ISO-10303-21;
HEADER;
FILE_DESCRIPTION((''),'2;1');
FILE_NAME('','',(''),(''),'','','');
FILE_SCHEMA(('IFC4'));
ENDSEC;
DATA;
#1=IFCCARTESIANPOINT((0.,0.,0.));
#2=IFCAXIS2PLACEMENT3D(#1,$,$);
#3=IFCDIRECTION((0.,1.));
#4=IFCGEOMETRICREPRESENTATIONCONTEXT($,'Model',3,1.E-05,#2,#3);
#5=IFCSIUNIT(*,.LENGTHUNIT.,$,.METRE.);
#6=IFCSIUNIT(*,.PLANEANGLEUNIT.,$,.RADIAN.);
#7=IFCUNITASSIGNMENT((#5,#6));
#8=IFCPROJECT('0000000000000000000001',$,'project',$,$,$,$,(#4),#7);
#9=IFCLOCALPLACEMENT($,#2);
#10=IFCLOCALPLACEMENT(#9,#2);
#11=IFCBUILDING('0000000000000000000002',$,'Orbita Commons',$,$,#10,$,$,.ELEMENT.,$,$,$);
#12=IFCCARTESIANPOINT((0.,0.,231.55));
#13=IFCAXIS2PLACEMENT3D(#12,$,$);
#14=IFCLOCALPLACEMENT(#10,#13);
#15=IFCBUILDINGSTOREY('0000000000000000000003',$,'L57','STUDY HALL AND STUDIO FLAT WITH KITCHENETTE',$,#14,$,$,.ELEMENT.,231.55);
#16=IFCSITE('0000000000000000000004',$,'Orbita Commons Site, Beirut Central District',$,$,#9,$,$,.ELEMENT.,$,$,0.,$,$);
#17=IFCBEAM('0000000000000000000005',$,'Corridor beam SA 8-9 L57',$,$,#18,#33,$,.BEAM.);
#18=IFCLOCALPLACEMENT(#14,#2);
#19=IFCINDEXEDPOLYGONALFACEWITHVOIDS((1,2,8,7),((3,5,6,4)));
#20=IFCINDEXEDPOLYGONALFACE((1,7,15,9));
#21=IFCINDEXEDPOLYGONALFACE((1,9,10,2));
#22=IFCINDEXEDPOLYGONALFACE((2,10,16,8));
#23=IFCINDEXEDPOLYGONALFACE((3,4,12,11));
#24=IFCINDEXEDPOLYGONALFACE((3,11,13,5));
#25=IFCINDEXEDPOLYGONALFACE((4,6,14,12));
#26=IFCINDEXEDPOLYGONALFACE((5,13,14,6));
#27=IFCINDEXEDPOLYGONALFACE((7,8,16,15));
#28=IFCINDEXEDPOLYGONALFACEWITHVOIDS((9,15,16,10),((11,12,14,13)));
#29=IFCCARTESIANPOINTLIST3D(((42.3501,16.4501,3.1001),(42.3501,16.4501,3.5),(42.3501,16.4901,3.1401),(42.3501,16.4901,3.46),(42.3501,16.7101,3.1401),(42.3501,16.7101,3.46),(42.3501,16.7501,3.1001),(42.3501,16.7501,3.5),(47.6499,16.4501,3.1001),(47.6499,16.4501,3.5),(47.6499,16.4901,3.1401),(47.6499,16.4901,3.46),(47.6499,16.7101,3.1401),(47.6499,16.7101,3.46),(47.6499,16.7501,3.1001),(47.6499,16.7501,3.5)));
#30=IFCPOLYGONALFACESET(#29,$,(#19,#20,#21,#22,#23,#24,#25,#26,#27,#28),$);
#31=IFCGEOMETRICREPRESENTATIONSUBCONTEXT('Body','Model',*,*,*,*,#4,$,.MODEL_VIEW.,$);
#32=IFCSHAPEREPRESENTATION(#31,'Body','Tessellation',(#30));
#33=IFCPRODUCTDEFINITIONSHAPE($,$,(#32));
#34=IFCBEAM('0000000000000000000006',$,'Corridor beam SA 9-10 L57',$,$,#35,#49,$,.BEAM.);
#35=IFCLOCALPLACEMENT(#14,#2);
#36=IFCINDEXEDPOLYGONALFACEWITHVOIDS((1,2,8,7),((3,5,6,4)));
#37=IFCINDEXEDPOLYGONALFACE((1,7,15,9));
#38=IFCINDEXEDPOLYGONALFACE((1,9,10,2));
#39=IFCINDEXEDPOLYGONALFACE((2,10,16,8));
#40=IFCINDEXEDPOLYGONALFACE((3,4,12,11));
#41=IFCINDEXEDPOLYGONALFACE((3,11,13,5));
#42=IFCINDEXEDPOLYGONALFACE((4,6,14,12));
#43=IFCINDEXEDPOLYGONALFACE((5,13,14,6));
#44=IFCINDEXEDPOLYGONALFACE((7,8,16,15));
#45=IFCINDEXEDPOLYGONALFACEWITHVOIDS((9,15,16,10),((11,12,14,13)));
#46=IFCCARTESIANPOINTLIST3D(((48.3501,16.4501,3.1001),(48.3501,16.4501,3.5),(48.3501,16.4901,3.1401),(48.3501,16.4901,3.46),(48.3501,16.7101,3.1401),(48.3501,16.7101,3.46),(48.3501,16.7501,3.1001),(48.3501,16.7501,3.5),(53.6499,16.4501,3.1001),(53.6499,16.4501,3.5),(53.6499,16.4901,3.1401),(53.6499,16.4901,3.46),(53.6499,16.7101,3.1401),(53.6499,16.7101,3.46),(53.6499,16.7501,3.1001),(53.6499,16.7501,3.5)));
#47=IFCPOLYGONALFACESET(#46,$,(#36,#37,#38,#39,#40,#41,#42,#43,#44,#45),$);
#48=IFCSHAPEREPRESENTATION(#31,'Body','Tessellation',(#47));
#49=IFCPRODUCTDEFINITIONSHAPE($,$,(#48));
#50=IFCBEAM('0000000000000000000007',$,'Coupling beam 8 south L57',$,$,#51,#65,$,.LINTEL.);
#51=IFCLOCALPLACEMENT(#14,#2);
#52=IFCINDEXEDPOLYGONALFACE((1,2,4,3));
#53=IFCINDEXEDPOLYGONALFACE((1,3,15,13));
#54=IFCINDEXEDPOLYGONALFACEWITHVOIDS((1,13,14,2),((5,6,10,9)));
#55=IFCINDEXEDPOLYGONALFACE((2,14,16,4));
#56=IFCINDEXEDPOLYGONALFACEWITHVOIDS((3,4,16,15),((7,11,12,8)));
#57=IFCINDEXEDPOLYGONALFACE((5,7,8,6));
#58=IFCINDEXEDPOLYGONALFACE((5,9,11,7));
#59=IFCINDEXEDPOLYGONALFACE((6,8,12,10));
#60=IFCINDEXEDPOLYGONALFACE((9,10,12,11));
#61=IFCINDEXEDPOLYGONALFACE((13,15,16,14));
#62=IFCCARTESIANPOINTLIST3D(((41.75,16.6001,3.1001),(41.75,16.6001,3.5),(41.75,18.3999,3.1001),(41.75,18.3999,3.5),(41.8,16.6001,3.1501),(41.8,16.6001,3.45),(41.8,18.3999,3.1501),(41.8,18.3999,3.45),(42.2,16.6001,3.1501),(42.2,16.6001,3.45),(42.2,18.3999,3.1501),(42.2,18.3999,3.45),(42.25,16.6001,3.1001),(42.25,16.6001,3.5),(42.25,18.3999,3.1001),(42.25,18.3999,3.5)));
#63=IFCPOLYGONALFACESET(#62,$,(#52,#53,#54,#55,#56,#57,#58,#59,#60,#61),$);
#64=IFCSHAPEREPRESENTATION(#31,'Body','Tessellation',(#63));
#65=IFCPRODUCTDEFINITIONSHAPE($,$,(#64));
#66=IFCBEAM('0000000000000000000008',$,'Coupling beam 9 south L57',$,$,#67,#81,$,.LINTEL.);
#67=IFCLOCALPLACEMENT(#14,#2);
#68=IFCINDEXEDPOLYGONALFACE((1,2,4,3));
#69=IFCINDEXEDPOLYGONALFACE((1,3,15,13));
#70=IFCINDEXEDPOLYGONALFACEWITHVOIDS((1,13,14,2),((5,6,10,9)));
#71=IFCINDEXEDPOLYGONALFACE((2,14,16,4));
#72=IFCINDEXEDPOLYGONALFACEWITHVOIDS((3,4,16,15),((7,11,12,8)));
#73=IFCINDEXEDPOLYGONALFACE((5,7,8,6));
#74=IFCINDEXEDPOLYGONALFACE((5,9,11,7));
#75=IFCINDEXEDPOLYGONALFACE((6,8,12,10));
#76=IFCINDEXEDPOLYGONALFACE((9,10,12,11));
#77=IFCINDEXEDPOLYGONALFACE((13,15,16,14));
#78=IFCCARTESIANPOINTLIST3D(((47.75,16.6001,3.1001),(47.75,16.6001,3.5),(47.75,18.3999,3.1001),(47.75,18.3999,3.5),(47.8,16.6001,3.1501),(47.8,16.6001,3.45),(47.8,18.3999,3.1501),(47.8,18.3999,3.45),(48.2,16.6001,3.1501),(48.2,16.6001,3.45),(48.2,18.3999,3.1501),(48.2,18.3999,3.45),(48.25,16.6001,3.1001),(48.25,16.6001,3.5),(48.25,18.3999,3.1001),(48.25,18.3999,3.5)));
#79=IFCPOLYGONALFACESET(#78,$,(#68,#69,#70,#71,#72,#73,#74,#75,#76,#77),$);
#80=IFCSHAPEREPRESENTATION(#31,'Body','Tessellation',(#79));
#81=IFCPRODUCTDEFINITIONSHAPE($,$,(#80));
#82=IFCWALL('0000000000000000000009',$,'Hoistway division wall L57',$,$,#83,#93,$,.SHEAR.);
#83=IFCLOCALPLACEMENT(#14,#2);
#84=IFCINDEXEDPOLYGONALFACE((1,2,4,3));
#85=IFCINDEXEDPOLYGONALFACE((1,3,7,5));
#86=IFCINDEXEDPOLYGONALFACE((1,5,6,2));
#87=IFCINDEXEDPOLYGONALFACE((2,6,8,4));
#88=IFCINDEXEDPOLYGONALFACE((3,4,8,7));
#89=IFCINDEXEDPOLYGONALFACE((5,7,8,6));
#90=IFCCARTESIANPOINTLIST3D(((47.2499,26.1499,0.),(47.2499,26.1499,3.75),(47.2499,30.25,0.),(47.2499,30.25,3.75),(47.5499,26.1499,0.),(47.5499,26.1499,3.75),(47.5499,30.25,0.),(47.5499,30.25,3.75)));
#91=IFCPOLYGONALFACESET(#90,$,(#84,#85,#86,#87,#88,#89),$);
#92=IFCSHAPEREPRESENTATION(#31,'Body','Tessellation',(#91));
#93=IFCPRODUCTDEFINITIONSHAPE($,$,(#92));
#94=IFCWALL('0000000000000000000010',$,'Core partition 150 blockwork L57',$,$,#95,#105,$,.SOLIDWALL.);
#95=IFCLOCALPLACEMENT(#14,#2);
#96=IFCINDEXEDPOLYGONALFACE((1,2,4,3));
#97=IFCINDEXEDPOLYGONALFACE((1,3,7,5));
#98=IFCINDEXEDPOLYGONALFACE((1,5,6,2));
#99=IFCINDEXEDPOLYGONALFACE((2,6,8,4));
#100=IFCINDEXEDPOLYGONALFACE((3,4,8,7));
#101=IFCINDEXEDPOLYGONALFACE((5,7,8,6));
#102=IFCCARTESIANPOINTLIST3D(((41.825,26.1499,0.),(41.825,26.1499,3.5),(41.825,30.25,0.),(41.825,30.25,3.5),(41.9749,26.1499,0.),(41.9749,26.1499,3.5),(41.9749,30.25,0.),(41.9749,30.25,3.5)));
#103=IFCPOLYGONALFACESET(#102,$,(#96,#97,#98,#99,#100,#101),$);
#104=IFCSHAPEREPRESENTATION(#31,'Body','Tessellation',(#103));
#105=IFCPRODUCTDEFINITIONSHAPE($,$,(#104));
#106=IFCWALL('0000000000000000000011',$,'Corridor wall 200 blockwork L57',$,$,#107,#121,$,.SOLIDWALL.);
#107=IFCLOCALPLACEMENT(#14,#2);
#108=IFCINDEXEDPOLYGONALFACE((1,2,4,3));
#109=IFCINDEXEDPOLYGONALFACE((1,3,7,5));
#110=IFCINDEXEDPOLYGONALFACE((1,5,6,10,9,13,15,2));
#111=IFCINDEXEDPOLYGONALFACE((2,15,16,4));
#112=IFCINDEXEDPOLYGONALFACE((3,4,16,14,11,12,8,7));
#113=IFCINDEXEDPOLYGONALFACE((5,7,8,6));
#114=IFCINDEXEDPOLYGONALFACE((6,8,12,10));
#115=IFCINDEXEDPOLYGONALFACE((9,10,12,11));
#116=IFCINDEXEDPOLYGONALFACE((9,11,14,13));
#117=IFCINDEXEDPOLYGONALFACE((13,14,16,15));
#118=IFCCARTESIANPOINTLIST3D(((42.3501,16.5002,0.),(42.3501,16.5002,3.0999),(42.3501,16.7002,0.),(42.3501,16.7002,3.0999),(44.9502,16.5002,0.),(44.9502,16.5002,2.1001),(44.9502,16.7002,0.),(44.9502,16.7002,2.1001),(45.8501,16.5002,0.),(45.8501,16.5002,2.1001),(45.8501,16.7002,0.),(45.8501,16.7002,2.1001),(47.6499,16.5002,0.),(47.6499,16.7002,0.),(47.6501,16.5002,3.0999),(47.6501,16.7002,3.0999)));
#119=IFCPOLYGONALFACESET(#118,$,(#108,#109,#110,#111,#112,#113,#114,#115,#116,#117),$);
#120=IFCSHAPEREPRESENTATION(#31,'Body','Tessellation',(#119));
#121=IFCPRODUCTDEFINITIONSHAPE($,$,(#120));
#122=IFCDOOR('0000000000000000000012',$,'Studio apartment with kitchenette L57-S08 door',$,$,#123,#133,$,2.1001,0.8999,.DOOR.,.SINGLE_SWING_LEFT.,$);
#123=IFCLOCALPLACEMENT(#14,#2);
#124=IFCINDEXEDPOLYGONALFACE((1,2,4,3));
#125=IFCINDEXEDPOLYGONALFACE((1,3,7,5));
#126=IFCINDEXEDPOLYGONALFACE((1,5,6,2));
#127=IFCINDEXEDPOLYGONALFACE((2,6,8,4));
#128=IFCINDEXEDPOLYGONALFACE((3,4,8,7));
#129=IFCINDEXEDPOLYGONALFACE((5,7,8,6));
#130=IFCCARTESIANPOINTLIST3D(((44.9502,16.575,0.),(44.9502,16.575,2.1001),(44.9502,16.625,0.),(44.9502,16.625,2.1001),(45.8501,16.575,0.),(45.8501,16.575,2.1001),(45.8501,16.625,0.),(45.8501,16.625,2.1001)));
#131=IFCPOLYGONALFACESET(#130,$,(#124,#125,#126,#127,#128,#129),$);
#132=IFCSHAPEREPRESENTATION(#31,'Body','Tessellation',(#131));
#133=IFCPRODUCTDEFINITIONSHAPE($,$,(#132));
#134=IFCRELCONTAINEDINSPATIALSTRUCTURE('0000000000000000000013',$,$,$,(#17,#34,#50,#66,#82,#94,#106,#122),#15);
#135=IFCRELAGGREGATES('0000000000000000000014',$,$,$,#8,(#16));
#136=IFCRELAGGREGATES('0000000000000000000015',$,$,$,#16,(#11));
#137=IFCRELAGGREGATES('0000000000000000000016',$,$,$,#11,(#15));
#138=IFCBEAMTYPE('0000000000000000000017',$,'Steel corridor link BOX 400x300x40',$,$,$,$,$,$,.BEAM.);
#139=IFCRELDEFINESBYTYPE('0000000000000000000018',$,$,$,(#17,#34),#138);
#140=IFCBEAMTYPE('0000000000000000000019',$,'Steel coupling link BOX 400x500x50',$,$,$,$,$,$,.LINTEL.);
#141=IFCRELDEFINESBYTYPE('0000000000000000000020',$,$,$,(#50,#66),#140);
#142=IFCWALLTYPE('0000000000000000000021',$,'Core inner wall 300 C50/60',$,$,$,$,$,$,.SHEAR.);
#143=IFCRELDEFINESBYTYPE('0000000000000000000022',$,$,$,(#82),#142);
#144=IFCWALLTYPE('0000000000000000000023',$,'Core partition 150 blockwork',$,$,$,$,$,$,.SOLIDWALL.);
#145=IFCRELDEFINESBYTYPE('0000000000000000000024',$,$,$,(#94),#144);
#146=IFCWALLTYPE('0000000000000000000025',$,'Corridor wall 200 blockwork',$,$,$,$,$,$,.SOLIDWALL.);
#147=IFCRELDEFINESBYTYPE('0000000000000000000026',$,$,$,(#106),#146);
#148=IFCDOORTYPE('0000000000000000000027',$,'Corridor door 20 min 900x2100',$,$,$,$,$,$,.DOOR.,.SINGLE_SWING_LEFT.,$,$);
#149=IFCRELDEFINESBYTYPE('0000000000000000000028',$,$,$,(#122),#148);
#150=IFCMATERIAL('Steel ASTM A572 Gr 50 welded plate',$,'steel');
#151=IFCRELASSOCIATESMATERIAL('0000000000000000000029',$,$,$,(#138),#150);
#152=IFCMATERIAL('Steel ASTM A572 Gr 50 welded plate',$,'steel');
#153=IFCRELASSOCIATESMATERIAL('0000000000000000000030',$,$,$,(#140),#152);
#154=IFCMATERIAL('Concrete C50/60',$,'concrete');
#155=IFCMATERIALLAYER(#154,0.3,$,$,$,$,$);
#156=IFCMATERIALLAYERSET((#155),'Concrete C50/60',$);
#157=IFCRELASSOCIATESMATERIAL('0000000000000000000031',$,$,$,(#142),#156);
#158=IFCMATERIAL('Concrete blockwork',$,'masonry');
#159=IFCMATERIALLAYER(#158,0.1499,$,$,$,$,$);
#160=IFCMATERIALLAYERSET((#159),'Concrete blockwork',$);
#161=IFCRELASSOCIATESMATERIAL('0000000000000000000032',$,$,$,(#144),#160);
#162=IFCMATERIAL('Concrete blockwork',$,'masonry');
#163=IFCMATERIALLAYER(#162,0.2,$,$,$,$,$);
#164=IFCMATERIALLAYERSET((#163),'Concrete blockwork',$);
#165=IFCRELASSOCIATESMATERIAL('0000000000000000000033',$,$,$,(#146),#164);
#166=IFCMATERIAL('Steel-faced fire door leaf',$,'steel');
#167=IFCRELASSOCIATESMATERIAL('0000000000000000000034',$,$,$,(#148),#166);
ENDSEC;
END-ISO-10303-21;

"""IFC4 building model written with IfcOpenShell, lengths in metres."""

from ifc_helpers import new_model, si_unit, direction, frame, frame_2d, origin, origin_2d, place, context, subcontext, project, spatial, polyline, rectangle, hollow_rectangle, outline, extrude, material, layer, layer_set, material_profile, profile_set, type_object, element, fill, save


model = new_model("IFC4")

# Units and contexts
model_context = context("Model", 3, precision=1e-05, world=origin(), true_north=direction((0.0, 1.0)))
body_context = subcontext(model_context, "Body", "Model", "MODEL_VIEW")
ifc_project = project(units=[si_unit("LENGTHUNIT", "METRE"), si_unit("PLANEANGLEUNIT", "RADIAN")], contexts=[model_context])

# Site, building, storey
site_placement = place(None, origin())
site = spatial("IfcSite", under=ifc_project, at=site_placement, Name="Orbita Commons Site, Beirut Central District", CompositionType="ELEMENT", RefElevation=0.0)
building_placement = place(site_placement, origin())
building = spatial("IfcBuilding", under=site, at=building_placement, Name="Orbita Commons", CompositionType="ELEMENT")
storey_placement = place(building_placement, frame((0.0, 0.0, 231.55)))
storey = spatial("IfcBuildingStorey", under=building, at=storey_placement, Name="L57", Description="STUDY HALL AND STUDIO FLAT WITH KITCHENETTE", CompositionType="ELEMENT", Elevation=231.55)

# Beams
ifc_material_1 = material(Name="Steel ASTM A572 Gr 50 welded plate", Category="steel")
ifc_material_profile_1 = material_profile(ifc_material_1, hollow_rectangle(XDim=0.3, YDim=0.3999, WallThickness=0.04, at=origin_2d()), Name="BOX 400x300x40")
ifc_profile_set_1 = profile_set([ifc_material_profile_1], Name="Steel ASTM A572 Gr 50 welded plate")
beam_type_1 = type_object("IfcBeamType", Name="Steel corridor link BOX 400x300x40", PredefinedType="BEAM", material=ifc_profile_set_1)
for number, where, z_axis, x_axis, name in (
    (1, (42.3501, 16.6001, 3.3), (1.0, 0.0, 0.0), (0.0, 1.0, 0.0), "Corridor beam SA 8-9 L57"),
    (2, (48.3501, 16.6001, 3.3), (1.0, 0.0, 0.0), (0.0, 1.0, 0.0), "Corridor beam SA 9-10 L57"),
):
    element("IfcBeam", number, at=place(storey_placement, frame(where, z_axis=z_axis, x_axis=x_axis)), inside=storey, type_object=beam_type_1, Name=name, PredefinedType="BEAM", context=body_context, shape_type="SweptSolid", body=[
        extrude(hollow_rectangle(XDim=0.3, YDim=0.3999, WallThickness=0.04, at=origin_2d()), origin(), (0.0, 0.0, 1.0), 5.2998),
    ])
ifc_material_2 = material(Name="Steel ASTM A572 Gr 50 welded plate", Category="steel")
ifc_material_profile_2 = material_profile(ifc_material_2, hollow_rectangle(XDim=0.5, YDim=0.3999, WallThickness=0.05, at=origin_2d()), Name="BOX 400x500x50")
ifc_profile_set_2 = profile_set([ifc_material_profile_2], Name="Steel ASTM A572 Gr 50 welded plate")
beam_type_2 = type_object("IfcBeamType", Name="Steel coupling link BOX 400x500x50", PredefinedType="LINTEL", material=ifc_profile_set_2)
for number, where, z_axis, x_axis, name in (
    (3, (42.0, 16.6001, 3.3), (0.0, 1.0, 0.0), (-1.0, 0.0, 0.0), "Coupling beam 8 south L57"),
    (4, (48.0, 16.6001, 3.3), (0.0, 1.0, 0.0), (-1.0, 0.0, 0.0), "Coupling beam 9 south L57"),
):
    element("IfcBeam", number, at=place(storey_placement, frame(where, z_axis=z_axis, x_axis=x_axis)), inside=storey, type_object=beam_type_2, Name=name, PredefinedType="LINTEL", context=body_context, shape_type="SweptSolid", body=[
        extrude(hollow_rectangle(XDim=0.5, YDim=0.3999, WallThickness=0.05, at=origin_2d()), origin(), (0.0, 0.0, 1.0), 1.7998),
    ])

# Walls
ifc_material_3 = material(Name="Concrete C50/60", Category="concrete")
ifc_layer_1 = layer(ifc_material_3, 0.3)
ifc_layer_set_1 = layer_set([ifc_layer_1], Name="Concrete C50/60")
wall_type_1 = type_object("IfcWallType", Name="Core inner wall 300 C50/60", PredefinedType="SHEAR", material=ifc_layer_set_1)
wall_1_placement = place(storey_placement, frame((47.3999, 26.1499, 0.0), z_axis=(0.0, 0.0, 1.0), x_axis=(0.0, 1.0, 0.0)))
element("IfcWall", 5, at=wall_1_placement, inside=storey, type_object=wall_type_1, Name="Hoistway division wall L57", PredefinedType="SHEAR", context=body_context, shape_type="SweptSolid", body=[
    extrude(rectangle(XDim=4.1001, YDim=0.3, at=frame_2d((2.05, 0.0))), origin(), (0.0, 0.0, 1.0), 3.75),
])
ifc_material_4 = material(Name="Concrete blockwork", Category="masonry")
ifc_layer_2 = layer(ifc_material_4, 0.1499)
ifc_layer_set_2 = layer_set([ifc_layer_2], Name="Concrete blockwork")
wall_type_2 = type_object("IfcWallType", Name="Core partition 150 blockwork", PredefinedType="SOLIDWALL", material=ifc_layer_set_2)
wall_2_placement = place(storey_placement, frame((41.8999, 26.1499, 0.0), z_axis=(0.0, 0.0, 1.0), x_axis=(0.0, 1.0, 0.0)))
element("IfcWall", 6, at=wall_2_placement, inside=storey, type_object=wall_type_2, Name="Core partition 150 blockwork L57", PredefinedType="SOLIDWALL", context=body_context, shape_type="SweptSolid", body=[
    extrude(rectangle(XDim=4.1001, YDim=0.1499, at=frame_2d((2.05, 0.0))), origin(), (0.0, 0.0, 1.0), 3.5),
])

# Wall, opening, door
ifc_material_5 = material(Name="Concrete blockwork", Category="masonry")
ifc_layer_3 = layer(ifc_material_5, 0.2)
ifc_layer_set_3 = layer_set([ifc_layer_3], Name="Concrete blockwork")
wall_type_3 = type_object("IfcWallType", Name="Corridor wall 200 blockwork", PredefinedType="SOLIDWALL", material=ifc_layer_set_3)
wall_3_placement = place(storey_placement, frame((42.3501, 16.6001, 0.0), z_axis=(0.0, 0.0, 1.0), x_axis=(1.0, 0.0, 0.0)))
wall_3 = element("IfcWall", 7, at=wall_3_placement, inside=storey, type_object=wall_type_3, Name="Corridor wall 200 blockwork L57", PredefinedType="SOLIDWALL", context=body_context, shape_type="SweptSolid", body=[
    extrude(outline(polyline([(0.0, 0.0), (5.2998, 0.0), (5.3, 3.0999), (0.0, 3.0999), (0.0, 0.0)])), frame((0.0, 0.1001, 0.0), z_axis=(0.0, -1.0, 0.0), x_axis=(1.0, 0.0, 0.0)), (0.0, 0.0, 1.0), 0.2),
])
opening_1_placement = place(wall_3_placement, frame((2.6001, 0.0, 0.0)))
opening_1 = element("IfcOpeningElement", 8, at=opening_1_placement, cuts=wall_3, PredefinedType="OPENING", context=body_context, shape_type="SweptSolid", body=[
    extrude(rectangle(XDim=0.8999, YDim=2.1001, at=frame_2d((0.45, 1.05))), frame((0.0, 0.1099, 0.0), z_axis=(0.0, -1.0, 0.0), x_axis=(1.0, 0.0, 0.0)), (0.0, 0.0, 1.0), 0.22),
])
ifc_material_6 = material(Name="Steel-faced fire door leaf", Category="steel")
door_type_1 = type_object("IfcDoorType", Name="Corridor door 20 min 900x2100", OperationType="SINGLE_SWING_LEFT", PredefinedType="DOOR", material=ifc_material_6)
door_1_placement = place(opening_1_placement, origin())
door_1 = element("IfcDoor", 9, at=door_1_placement, inside=storey, type_object=door_type_1, Name="Studio apartment with kitchenette L57-S08 door", OperationType="SINGLE_SWING_LEFT", OverallHeight=2.1001, OverallWidth=0.8999, PredefinedType="DOOR", context=body_context, shape_type="SweptSolid", body=[
    extrude(rectangle(XDim=0.8999, YDim=2.1001, at=frame_2d((0.45, 1.05))), frame((0.0, 0.0249, 0.0), z_axis=(0.0, -1.0, 0.0), x_axis=(1.0, 0.0, 0.0)), (0.0, 0.0, 1.0), 0.05),
])
fill(opening_1, door_1)

save(model, "model.ifc")
